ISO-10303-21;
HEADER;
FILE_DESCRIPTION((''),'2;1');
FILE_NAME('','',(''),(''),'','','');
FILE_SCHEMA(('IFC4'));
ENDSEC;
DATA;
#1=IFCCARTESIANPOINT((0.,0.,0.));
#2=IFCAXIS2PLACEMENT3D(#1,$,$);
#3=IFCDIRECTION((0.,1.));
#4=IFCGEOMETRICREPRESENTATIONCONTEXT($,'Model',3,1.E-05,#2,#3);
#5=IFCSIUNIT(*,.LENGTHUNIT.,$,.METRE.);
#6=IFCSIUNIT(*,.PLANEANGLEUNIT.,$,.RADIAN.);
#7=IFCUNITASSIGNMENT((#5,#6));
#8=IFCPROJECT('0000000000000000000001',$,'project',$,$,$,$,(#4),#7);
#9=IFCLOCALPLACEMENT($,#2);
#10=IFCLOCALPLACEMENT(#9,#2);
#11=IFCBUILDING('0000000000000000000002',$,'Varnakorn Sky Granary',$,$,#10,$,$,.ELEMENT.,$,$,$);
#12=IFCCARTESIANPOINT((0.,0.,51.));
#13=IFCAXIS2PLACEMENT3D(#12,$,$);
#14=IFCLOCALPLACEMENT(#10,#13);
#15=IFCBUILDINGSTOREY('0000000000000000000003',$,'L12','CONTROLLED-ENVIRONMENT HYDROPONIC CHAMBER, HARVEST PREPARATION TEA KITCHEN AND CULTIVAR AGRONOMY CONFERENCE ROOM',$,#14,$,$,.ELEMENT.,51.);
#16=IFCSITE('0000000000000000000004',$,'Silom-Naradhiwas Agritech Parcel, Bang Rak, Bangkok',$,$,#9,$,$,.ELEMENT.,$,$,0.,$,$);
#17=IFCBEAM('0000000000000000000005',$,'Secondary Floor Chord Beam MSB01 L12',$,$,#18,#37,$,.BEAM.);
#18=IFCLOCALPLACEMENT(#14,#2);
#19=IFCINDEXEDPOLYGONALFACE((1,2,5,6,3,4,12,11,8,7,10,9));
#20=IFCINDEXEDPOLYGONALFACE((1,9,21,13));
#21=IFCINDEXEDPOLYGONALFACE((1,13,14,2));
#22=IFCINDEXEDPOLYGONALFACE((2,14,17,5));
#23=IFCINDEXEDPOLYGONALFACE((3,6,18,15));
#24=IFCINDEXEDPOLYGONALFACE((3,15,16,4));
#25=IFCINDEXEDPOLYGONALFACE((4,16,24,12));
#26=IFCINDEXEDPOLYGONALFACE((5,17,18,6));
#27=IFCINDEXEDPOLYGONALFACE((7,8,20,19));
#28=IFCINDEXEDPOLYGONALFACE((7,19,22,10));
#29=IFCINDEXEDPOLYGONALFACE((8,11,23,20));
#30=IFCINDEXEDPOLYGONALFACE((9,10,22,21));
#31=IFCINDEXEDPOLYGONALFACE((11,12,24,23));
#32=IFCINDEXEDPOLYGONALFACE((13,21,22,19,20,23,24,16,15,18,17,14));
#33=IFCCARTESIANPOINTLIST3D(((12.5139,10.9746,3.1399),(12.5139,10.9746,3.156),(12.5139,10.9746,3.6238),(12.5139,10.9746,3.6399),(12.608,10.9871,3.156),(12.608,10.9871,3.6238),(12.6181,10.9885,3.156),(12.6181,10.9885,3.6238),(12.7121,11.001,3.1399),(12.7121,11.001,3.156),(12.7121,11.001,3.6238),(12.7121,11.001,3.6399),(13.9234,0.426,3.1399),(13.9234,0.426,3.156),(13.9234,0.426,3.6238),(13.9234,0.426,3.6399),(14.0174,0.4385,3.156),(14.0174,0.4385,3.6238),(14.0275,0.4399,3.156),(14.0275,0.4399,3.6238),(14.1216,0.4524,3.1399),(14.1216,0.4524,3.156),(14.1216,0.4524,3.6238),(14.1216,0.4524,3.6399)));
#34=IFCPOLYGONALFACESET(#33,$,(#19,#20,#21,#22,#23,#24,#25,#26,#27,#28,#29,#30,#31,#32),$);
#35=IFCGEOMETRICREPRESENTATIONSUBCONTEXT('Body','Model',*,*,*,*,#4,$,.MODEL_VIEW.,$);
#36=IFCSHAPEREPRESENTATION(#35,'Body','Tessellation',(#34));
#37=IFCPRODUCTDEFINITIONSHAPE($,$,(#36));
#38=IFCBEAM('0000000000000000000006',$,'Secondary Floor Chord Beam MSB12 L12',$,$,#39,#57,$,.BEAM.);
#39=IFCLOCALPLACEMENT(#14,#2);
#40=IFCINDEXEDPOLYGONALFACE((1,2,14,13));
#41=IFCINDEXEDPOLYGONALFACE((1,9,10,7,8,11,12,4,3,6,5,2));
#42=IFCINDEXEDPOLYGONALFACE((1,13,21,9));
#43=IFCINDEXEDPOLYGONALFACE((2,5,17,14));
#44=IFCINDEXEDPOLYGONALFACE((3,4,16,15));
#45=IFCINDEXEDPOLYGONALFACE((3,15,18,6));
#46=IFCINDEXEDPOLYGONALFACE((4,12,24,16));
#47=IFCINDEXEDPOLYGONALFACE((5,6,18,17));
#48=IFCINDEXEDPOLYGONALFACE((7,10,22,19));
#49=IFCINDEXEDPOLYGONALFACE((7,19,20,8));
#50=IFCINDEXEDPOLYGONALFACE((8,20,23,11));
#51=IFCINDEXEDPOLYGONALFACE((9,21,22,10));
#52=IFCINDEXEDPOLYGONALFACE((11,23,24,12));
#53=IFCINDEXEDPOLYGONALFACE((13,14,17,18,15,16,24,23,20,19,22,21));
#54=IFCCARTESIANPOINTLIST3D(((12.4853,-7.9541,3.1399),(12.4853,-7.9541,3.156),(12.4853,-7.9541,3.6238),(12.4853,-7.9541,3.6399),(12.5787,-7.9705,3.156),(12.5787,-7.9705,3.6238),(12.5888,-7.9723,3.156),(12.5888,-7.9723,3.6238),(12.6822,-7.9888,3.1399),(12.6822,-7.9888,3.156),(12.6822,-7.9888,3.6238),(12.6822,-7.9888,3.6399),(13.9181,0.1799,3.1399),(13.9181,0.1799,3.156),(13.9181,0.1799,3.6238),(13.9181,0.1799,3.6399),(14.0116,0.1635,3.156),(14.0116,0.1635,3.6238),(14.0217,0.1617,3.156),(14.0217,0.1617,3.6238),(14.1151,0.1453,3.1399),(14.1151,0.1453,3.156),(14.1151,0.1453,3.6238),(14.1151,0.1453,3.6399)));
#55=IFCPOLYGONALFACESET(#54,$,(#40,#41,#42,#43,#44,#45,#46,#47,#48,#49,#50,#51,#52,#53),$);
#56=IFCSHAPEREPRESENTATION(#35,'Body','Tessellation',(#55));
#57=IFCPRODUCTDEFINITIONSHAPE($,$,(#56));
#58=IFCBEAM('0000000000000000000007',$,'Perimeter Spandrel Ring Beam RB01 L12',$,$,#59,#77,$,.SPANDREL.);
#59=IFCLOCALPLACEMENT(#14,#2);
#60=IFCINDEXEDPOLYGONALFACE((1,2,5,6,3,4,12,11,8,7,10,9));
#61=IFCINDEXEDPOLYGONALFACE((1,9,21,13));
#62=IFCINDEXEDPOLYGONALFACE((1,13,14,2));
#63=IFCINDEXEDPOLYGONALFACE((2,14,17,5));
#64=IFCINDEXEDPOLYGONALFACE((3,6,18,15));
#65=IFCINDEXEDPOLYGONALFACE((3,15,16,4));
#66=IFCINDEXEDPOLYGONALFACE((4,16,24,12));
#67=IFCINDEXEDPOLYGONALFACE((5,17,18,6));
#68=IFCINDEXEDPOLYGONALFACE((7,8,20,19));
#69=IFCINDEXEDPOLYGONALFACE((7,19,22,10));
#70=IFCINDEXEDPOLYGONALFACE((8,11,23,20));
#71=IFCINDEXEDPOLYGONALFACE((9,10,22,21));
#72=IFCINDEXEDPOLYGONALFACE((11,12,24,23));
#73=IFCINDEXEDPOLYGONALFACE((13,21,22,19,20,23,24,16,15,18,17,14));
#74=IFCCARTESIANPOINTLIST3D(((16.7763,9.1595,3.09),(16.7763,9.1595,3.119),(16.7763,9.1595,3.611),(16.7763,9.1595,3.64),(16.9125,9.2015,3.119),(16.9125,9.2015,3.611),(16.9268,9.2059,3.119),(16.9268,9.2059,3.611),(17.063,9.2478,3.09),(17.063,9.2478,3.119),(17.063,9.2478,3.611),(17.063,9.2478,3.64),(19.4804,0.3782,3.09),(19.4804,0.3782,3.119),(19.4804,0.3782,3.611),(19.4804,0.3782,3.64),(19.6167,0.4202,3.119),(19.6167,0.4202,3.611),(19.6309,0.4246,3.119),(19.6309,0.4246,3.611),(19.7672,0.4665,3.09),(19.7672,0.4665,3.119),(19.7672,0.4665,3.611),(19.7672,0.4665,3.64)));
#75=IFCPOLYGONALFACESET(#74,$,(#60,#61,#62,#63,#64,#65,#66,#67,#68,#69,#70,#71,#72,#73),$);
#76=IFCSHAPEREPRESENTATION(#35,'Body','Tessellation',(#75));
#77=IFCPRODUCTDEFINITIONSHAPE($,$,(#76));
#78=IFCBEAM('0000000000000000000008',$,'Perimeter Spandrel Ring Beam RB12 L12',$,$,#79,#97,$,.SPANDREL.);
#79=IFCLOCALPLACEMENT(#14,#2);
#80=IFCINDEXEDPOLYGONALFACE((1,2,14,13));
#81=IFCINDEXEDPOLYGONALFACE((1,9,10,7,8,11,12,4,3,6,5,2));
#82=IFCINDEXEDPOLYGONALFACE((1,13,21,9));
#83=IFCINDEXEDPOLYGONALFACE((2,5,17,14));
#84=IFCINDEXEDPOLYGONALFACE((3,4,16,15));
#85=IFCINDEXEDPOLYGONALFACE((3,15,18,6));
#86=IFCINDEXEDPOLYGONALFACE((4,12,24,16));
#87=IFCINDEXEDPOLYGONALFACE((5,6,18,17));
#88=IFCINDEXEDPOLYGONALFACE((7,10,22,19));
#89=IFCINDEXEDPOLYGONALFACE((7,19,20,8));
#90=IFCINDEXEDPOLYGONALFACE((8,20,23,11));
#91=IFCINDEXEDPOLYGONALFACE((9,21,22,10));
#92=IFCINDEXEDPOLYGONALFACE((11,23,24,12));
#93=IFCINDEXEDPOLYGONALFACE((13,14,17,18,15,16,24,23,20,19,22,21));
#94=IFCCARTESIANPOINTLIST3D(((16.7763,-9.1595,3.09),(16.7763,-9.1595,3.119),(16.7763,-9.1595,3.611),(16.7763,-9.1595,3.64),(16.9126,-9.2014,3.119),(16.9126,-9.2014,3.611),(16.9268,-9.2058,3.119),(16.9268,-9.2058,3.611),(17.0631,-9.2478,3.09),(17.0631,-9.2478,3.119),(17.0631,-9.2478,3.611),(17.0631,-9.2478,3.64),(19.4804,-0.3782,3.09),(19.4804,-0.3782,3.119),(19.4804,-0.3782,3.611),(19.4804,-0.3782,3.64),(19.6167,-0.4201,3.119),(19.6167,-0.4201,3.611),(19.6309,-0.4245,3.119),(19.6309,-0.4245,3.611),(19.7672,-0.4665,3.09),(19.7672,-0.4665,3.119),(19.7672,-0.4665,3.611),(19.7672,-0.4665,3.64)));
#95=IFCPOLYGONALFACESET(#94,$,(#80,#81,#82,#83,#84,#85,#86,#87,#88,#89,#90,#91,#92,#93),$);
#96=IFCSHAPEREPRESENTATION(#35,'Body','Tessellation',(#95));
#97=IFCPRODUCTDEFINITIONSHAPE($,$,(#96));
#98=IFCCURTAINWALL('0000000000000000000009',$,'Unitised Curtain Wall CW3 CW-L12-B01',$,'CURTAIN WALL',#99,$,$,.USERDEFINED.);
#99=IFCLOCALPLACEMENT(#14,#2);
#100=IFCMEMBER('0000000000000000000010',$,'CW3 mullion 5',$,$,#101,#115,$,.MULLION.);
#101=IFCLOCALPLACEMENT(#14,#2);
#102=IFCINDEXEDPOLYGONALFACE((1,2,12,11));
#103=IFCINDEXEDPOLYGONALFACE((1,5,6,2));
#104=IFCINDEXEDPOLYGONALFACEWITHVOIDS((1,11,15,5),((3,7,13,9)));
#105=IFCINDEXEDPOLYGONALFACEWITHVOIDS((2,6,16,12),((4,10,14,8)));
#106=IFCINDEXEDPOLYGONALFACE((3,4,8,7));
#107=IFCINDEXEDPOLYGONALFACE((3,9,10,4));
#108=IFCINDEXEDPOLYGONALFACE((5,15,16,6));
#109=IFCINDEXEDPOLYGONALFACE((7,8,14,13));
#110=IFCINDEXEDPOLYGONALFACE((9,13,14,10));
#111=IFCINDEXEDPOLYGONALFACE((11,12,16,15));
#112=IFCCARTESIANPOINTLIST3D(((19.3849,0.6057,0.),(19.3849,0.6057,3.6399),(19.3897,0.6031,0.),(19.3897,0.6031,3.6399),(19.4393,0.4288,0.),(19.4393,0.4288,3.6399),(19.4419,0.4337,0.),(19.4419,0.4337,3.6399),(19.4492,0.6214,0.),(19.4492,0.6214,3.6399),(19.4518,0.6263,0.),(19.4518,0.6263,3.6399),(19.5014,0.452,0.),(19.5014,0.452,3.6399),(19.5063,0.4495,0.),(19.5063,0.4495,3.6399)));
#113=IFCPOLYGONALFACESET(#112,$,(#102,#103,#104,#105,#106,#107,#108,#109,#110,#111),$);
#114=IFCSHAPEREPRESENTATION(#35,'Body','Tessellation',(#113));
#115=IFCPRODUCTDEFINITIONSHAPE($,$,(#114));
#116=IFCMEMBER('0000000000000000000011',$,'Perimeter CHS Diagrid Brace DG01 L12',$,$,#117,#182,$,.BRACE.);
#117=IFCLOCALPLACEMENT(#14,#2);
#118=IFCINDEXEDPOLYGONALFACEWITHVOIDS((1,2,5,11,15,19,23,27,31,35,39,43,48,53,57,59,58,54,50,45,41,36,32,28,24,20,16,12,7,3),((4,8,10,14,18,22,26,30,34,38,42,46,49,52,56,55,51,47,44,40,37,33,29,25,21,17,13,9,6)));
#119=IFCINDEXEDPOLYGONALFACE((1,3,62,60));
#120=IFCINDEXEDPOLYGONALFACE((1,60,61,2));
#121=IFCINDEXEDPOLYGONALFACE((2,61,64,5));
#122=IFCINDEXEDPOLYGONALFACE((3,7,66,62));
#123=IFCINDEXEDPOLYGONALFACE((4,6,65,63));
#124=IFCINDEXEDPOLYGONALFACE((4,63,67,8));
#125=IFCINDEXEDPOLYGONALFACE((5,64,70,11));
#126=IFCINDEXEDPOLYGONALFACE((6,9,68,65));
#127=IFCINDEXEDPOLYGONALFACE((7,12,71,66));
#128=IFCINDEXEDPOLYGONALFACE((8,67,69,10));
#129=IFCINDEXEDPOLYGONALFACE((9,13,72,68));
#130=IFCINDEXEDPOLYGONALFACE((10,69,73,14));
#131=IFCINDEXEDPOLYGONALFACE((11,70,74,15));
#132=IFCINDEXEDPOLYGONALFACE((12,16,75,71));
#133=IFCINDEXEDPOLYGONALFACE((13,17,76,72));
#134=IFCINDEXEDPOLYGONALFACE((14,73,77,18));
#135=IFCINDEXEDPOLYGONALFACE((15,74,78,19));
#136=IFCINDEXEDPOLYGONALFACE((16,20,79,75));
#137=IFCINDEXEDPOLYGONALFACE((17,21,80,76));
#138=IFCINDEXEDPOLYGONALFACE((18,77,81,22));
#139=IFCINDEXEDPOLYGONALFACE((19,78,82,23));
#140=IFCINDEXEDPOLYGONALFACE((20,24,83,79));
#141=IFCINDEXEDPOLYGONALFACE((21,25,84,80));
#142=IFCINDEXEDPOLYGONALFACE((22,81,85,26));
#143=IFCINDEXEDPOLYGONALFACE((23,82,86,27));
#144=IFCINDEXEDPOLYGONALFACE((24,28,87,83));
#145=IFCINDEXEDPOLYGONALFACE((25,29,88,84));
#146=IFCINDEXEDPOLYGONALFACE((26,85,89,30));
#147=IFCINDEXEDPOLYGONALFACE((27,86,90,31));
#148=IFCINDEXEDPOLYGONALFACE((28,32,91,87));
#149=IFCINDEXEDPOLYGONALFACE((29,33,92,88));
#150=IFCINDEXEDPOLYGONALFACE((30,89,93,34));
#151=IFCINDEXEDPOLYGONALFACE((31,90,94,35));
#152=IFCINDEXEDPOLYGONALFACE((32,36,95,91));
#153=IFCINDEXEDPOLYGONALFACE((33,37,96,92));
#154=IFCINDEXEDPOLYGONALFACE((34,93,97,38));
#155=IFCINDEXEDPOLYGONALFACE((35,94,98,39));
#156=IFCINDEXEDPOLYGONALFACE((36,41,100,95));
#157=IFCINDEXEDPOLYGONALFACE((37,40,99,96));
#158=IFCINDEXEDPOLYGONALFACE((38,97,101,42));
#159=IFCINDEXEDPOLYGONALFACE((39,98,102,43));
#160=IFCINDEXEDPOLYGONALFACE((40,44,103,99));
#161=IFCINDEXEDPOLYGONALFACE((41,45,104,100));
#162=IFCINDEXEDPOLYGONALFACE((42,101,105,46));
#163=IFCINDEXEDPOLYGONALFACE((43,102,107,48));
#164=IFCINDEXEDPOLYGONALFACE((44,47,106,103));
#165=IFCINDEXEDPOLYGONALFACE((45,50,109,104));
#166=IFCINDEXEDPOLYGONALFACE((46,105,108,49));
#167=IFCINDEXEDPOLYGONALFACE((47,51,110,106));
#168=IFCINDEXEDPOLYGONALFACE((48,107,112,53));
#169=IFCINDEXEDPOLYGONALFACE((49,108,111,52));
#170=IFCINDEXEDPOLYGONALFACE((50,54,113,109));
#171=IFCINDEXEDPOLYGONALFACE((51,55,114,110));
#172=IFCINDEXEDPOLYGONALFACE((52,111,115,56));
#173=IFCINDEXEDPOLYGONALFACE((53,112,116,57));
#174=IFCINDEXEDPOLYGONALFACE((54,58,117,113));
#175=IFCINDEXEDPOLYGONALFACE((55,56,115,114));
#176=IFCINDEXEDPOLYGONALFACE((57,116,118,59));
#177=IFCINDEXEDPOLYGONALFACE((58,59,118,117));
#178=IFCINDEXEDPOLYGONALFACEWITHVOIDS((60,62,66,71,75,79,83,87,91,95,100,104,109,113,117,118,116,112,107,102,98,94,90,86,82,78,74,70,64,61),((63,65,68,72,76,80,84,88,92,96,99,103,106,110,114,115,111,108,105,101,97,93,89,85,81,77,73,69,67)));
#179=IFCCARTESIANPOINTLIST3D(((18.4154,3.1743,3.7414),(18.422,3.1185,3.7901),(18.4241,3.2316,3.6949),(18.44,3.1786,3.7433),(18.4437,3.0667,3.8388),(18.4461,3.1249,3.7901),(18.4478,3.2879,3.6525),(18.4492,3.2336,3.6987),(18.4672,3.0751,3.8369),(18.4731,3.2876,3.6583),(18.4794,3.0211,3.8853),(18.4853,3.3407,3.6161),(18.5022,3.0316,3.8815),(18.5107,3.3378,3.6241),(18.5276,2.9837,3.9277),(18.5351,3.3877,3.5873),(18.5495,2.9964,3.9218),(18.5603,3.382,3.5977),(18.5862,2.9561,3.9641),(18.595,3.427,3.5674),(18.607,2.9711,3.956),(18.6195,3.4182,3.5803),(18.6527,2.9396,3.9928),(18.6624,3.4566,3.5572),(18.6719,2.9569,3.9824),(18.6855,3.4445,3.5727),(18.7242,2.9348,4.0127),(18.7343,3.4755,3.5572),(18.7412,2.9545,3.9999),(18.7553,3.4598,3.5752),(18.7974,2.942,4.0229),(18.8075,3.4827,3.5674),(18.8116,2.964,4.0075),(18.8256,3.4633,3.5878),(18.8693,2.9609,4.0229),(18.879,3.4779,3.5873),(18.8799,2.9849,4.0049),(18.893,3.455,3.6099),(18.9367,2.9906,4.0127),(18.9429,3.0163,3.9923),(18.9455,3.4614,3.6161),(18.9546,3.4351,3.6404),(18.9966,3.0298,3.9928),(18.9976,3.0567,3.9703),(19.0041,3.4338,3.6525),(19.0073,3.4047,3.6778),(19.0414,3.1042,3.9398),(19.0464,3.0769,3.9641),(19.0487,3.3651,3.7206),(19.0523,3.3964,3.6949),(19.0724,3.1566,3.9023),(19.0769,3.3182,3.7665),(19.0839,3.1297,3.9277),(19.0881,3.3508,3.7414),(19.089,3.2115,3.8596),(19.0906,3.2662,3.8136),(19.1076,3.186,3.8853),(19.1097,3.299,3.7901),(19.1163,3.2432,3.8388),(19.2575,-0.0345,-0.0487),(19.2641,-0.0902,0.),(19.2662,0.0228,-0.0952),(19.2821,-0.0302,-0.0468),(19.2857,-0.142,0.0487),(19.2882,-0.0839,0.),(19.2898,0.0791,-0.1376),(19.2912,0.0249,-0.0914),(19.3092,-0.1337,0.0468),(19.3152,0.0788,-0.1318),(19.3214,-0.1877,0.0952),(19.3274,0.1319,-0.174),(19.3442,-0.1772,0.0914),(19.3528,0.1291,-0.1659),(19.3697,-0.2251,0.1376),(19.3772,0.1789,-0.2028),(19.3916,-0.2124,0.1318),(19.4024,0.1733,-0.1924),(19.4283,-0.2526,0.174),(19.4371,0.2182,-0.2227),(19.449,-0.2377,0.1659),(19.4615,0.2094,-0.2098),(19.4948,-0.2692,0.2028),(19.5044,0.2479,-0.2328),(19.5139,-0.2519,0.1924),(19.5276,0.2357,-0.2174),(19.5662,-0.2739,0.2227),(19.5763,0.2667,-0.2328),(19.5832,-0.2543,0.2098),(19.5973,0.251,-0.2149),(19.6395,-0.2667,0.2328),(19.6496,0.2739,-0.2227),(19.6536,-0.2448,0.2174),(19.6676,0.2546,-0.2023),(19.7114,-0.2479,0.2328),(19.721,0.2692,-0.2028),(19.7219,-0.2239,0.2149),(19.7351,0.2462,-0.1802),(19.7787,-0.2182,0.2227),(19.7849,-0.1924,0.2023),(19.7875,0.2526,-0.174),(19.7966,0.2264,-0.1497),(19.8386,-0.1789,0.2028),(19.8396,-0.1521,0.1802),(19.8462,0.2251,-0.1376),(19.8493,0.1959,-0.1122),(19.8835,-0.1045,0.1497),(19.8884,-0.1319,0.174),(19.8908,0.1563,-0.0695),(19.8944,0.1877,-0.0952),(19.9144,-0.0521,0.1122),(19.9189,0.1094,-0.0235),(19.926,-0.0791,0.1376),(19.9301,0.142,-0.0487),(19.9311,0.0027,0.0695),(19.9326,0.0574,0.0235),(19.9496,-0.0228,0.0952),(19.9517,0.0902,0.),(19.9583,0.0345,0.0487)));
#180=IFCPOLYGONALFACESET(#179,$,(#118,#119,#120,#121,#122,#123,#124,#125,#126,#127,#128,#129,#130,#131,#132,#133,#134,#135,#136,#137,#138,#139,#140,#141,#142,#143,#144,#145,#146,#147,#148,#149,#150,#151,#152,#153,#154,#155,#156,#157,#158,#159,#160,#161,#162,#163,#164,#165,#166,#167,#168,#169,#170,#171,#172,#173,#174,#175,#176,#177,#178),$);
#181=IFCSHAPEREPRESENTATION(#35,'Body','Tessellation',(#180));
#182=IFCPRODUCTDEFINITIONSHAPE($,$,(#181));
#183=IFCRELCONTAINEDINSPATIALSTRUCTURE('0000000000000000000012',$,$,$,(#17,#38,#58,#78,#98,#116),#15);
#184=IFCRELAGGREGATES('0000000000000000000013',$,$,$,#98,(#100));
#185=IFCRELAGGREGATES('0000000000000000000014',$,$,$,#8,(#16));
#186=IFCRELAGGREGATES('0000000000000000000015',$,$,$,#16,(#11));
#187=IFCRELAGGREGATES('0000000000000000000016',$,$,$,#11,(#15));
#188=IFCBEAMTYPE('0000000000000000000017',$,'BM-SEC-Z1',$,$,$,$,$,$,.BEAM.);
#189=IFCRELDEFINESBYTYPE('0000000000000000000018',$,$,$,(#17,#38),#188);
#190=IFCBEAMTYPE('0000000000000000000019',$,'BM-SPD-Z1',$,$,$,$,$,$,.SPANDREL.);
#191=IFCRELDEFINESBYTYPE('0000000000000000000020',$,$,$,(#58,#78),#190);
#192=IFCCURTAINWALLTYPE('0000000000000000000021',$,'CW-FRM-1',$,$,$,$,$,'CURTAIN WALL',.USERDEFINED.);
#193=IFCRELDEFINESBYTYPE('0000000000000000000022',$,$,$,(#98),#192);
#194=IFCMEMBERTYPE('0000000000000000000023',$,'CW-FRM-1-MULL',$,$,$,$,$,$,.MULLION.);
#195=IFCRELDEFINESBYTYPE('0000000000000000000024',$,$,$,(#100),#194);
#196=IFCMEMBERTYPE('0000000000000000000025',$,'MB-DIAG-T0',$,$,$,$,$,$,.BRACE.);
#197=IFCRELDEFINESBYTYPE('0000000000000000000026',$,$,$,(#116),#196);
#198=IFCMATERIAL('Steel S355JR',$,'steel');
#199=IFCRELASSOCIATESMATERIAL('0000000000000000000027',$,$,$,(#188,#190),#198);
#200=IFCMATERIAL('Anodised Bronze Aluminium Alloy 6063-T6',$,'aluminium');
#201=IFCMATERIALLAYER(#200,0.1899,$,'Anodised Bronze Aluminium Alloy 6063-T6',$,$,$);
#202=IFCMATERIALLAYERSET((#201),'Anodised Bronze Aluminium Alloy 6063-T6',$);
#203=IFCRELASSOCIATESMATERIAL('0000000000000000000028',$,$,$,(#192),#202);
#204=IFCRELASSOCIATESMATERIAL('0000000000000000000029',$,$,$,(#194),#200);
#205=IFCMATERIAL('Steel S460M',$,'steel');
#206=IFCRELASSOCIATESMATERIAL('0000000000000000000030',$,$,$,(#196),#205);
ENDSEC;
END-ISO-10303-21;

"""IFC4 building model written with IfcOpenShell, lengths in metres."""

from ifc_helpers import new_model, si_unit, direction, frame, origin, origin_2d, place, context, subcontext, project, spatial, hollow_rectangle, hollow_circle, i_section, extrude, material, layer, layer_set, material_profile, profile_set, type_object, element, aggregate, save


model = new_model("IFC4")

# Units and contexts
model_context = context("Model", 3, precision=1e-05, world=origin(), true_north=direction((0.0, 1.0)))
body_context = subcontext(model_context, "Body", "Model", "MODEL_VIEW")
ifc_project = project(units=[si_unit("LENGTHUNIT", "METRE"), si_unit("PLANEANGLEUNIT", "RADIAN")], contexts=[model_context])

# Site, building, storey
site_placement = place(None, origin())
site = spatial("IfcSite", under=ifc_project, at=site_placement, Name="Silom-Naradhiwas Agritech Parcel, Bang Rak, Bangkok", CompositionType="ELEMENT", RefElevation=0.0)
building_placement = place(site_placement, origin())
building = spatial("IfcBuilding", under=site, at=building_placement, Name="Varnakorn Sky Granary", CompositionType="ELEMENT")
storey_placement = place(building_placement, frame((0.0, 0.0, 51.0)))
storey = spatial("IfcBuildingStorey", under=building, at=storey_placement, Name="L12", Description="CONTROLLED-ENVIRONMENT HYDROPONIC CHAMBER, HARVEST PREPARATION TEA KITCHEN AND CULTIVAR AGRONOMY CONFERENCE ROOM", CompositionType="ELEMENT", Elevation=51.0)

# Shared definitions
ifc_material_1 = material(Name="Steel S460M", Category="steel")

# Beams
ifc_material_2 = material(Name="Steel S355JR", Category="steel")
ifc_material_profile_1 = material_profile(ifc_material_2, i_section(OverallWidth=0.2, OverallDepth=0.5, WebThickness=0.0103, FlangeThickness=0.0161, at=origin_2d()), Name="IPE 500")
ifc_profile_set_1 = profile_set([ifc_material_profile_1], Name="Steel S355JR")
beam_type_1 = type_object("IfcBeamType", Name="BM-SEC-Z1", PredefinedType="BEAM", material=ifc_profile_set_1)
beam_1_placement = place(storey_placement, frame((14.0225, 0.4392, 3.3899), z_axis=(-0.132436, 0.991192, 0.0), x_axis=(-0.991192, -0.132436, 0.0)))
element("IfcBeam", 1, at=beam_1_placement, inside=storey, type_object=beam_type_1, Name="Secondary Floor Chord Beam MSB01 L12", PredefinedType="BEAM", context=body_context, shape_type="SweptSolid", body=[
    extrude(i_section(OverallWidth=0.2, OverallDepth=0.5, WebThickness=0.0103, FlangeThickness=0.0161, at=origin_2d()), origin(), (0.0, 0.0, 1.0), 10.6423),
])
beam_2_placement = place(storey_placement, frame((12.5837, -7.9714, 3.3899), z_axis=(0.173485, 0.984836, 0.0), x_axis=(-0.984836, 0.173485, 0.0)))
element("IfcBeam", 2, at=beam_2_placement, inside=storey, type_object=beam_type_1, Name="Secondary Floor Chord Beam MSB12 L12", PredefinedType="BEAM", context=body_context, shape_type="SweptSolid", body=[
    extrude(i_section(OverallWidth=0.2, OverallDepth=0.5, WebThickness=0.0103, FlangeThickness=0.0161, at=origin_2d()), origin(), (0.0, 0.0, 1.0), 8.2593),
])
ifc_material_profile_2 = material_profile(ifc_material_2, i_section(OverallWidth=0.3, OverallDepth=0.55, WebThickness=0.0149, FlangeThickness=0.0291, at=origin_2d()), Name="HE 550 B")
ifc_profile_set_2 = profile_set([ifc_material_profile_2], Name="Steel S355JR")
beam_type_2 = type_object("IfcBeamType", Name="BM-SPD-Z1", PredefinedType="SPANDREL", material=ifc_profile_set_2)
for number, where, z_axis, x_axis, name in (
    (3, (19.6238, 0.4224, 3.365), (-0.294302, 0.955712, 0.0), (-0.955712, -0.294302, 0.0), "Perimeter Spandrel Ring Beam RB01 L12"),
    (4, (16.9197, -9.2036, 3.365), (0.294302, 0.955712, 0.0), (-0.955712, 0.294302, 0.0), "Perimeter Spandrel Ring Beam RB12 L12"),
):
    element("IfcBeam", number, at=place(storey_placement, frame(where, z_axis=z_axis, x_axis=x_axis)), inside=storey, type_object=beam_type_2, Name=name, PredefinedType="SPANDREL", context=body_context, shape_type="SweptSolid", body=[
        extrude(i_section(OverallWidth=0.3, OverallDepth=0.55, WebThickness=0.0149, FlangeThickness=0.0291, at=origin_2d()), origin(), (0.0, 0.0, 1.0), 9.1882),
    ])

# Curtain wall, member
ifc_material_3 = material(Name="Anodised Bronze Aluminium Alloy 6063-T6", Category="aluminium")
ifc_layer_1 = layer(ifc_material_3, 0.1899, Name="Anodised Bronze Aluminium Alloy 6063-T6")
ifc_layer_set_1 = layer_set([ifc_layer_1], Name="Anodised Bronze Aluminium Alloy 6063-T6")
curtain_wall_type = type_object("IfcCurtainWallType", Name="CW-FRM-1", ElementType="CURTAIN WALL", PredefinedType="USERDEFINED", material=ifc_layer_set_1)
curtain_wall_placement = place(storey_placement, origin())
curtain_wall = element("IfcCurtainWall", 5, at=curtain_wall_placement, inside=storey, type_object=curtain_wall_type, Name="Unitised Curtain Wall CW3 CW-L12-B01", ObjectType="CURTAIN WALL", PredefinedType="USERDEFINED")
ifc_material_profile_3 = material_profile(ifc_material_3, hollow_rectangle(XDim=0.0701, YDim=0.1851, WallThickness=0.0039, at=origin_2d()), Name="ALU MULL 70x185")
ifc_profile_set_3 = profile_set([ifc_material_profile_3], Name="Anodised Bronze Aluminium Alloy 6063-T6")
member_type_1 = type_object("IfcMemberType", Name="CW-FRM-1-MULL", PredefinedType="MULLION", material=ifc_profile_set_3)
member_placement = place(storey_placement, frame((19.4456, 0.5276, 0.0), z_axis=(0.0, 0.0, 1.0), x_axis=(0.955768, 0.294122, 0.0)))
member = element("IfcMember", 6, at=member_placement, type_object=member_type_1, Name="CW3 mullion 5", PredefinedType="MULLION", context=body_context, shape_type="SweptSolid", body=[
    extrude(hollow_rectangle(XDim=0.0701, YDim=0.1851, WallThickness=0.0039, at=origin_2d()), origin(), (0.0, 0.0, 1.0), 3.6399),
])
aggregate(curtain_wall, [member])

# Member
ifc_material_profile_4 = material_profile(ifc_material_1, hollow_circle(Radius=0.3555, WallThickness=0.0249, at=origin_2d()), Name="CHS 711x25")
ifc_profile_set_4 = profile_set([ifc_material_profile_4], Name="Steel S460M")
member_type_2 = type_object("IfcMemberType", Name="MB-DIAG-T0", PredefinedType="BRACE", material=ifc_profile_set_4)
for number, where, z_axis, x_axis, name in (
    (7, (19.6079, 0.0, 0.0), (-0.167177, 0.637058, 0.752468), (-0.96725, -0.253827, 0.0), "Perimeter CHS Diagrid Brace DG01 L12"),
):
    element("IfcMember", number, at=place(storey_placement, frame(where, z_axis=z_axis, x_axis=x_axis)), inside=storey, type_object=member_type_2, Name=name, PredefinedType="BRACE", context=body_context, shape_type="SweptSolid", body=[
        extrude(hollow_circle(Radius=0.3555, WallThickness=0.0249, at=origin_2d()), origin(), (0.0, 0.0, 1.0), 5.0369),
    ])

save(model, "model.ifc")
